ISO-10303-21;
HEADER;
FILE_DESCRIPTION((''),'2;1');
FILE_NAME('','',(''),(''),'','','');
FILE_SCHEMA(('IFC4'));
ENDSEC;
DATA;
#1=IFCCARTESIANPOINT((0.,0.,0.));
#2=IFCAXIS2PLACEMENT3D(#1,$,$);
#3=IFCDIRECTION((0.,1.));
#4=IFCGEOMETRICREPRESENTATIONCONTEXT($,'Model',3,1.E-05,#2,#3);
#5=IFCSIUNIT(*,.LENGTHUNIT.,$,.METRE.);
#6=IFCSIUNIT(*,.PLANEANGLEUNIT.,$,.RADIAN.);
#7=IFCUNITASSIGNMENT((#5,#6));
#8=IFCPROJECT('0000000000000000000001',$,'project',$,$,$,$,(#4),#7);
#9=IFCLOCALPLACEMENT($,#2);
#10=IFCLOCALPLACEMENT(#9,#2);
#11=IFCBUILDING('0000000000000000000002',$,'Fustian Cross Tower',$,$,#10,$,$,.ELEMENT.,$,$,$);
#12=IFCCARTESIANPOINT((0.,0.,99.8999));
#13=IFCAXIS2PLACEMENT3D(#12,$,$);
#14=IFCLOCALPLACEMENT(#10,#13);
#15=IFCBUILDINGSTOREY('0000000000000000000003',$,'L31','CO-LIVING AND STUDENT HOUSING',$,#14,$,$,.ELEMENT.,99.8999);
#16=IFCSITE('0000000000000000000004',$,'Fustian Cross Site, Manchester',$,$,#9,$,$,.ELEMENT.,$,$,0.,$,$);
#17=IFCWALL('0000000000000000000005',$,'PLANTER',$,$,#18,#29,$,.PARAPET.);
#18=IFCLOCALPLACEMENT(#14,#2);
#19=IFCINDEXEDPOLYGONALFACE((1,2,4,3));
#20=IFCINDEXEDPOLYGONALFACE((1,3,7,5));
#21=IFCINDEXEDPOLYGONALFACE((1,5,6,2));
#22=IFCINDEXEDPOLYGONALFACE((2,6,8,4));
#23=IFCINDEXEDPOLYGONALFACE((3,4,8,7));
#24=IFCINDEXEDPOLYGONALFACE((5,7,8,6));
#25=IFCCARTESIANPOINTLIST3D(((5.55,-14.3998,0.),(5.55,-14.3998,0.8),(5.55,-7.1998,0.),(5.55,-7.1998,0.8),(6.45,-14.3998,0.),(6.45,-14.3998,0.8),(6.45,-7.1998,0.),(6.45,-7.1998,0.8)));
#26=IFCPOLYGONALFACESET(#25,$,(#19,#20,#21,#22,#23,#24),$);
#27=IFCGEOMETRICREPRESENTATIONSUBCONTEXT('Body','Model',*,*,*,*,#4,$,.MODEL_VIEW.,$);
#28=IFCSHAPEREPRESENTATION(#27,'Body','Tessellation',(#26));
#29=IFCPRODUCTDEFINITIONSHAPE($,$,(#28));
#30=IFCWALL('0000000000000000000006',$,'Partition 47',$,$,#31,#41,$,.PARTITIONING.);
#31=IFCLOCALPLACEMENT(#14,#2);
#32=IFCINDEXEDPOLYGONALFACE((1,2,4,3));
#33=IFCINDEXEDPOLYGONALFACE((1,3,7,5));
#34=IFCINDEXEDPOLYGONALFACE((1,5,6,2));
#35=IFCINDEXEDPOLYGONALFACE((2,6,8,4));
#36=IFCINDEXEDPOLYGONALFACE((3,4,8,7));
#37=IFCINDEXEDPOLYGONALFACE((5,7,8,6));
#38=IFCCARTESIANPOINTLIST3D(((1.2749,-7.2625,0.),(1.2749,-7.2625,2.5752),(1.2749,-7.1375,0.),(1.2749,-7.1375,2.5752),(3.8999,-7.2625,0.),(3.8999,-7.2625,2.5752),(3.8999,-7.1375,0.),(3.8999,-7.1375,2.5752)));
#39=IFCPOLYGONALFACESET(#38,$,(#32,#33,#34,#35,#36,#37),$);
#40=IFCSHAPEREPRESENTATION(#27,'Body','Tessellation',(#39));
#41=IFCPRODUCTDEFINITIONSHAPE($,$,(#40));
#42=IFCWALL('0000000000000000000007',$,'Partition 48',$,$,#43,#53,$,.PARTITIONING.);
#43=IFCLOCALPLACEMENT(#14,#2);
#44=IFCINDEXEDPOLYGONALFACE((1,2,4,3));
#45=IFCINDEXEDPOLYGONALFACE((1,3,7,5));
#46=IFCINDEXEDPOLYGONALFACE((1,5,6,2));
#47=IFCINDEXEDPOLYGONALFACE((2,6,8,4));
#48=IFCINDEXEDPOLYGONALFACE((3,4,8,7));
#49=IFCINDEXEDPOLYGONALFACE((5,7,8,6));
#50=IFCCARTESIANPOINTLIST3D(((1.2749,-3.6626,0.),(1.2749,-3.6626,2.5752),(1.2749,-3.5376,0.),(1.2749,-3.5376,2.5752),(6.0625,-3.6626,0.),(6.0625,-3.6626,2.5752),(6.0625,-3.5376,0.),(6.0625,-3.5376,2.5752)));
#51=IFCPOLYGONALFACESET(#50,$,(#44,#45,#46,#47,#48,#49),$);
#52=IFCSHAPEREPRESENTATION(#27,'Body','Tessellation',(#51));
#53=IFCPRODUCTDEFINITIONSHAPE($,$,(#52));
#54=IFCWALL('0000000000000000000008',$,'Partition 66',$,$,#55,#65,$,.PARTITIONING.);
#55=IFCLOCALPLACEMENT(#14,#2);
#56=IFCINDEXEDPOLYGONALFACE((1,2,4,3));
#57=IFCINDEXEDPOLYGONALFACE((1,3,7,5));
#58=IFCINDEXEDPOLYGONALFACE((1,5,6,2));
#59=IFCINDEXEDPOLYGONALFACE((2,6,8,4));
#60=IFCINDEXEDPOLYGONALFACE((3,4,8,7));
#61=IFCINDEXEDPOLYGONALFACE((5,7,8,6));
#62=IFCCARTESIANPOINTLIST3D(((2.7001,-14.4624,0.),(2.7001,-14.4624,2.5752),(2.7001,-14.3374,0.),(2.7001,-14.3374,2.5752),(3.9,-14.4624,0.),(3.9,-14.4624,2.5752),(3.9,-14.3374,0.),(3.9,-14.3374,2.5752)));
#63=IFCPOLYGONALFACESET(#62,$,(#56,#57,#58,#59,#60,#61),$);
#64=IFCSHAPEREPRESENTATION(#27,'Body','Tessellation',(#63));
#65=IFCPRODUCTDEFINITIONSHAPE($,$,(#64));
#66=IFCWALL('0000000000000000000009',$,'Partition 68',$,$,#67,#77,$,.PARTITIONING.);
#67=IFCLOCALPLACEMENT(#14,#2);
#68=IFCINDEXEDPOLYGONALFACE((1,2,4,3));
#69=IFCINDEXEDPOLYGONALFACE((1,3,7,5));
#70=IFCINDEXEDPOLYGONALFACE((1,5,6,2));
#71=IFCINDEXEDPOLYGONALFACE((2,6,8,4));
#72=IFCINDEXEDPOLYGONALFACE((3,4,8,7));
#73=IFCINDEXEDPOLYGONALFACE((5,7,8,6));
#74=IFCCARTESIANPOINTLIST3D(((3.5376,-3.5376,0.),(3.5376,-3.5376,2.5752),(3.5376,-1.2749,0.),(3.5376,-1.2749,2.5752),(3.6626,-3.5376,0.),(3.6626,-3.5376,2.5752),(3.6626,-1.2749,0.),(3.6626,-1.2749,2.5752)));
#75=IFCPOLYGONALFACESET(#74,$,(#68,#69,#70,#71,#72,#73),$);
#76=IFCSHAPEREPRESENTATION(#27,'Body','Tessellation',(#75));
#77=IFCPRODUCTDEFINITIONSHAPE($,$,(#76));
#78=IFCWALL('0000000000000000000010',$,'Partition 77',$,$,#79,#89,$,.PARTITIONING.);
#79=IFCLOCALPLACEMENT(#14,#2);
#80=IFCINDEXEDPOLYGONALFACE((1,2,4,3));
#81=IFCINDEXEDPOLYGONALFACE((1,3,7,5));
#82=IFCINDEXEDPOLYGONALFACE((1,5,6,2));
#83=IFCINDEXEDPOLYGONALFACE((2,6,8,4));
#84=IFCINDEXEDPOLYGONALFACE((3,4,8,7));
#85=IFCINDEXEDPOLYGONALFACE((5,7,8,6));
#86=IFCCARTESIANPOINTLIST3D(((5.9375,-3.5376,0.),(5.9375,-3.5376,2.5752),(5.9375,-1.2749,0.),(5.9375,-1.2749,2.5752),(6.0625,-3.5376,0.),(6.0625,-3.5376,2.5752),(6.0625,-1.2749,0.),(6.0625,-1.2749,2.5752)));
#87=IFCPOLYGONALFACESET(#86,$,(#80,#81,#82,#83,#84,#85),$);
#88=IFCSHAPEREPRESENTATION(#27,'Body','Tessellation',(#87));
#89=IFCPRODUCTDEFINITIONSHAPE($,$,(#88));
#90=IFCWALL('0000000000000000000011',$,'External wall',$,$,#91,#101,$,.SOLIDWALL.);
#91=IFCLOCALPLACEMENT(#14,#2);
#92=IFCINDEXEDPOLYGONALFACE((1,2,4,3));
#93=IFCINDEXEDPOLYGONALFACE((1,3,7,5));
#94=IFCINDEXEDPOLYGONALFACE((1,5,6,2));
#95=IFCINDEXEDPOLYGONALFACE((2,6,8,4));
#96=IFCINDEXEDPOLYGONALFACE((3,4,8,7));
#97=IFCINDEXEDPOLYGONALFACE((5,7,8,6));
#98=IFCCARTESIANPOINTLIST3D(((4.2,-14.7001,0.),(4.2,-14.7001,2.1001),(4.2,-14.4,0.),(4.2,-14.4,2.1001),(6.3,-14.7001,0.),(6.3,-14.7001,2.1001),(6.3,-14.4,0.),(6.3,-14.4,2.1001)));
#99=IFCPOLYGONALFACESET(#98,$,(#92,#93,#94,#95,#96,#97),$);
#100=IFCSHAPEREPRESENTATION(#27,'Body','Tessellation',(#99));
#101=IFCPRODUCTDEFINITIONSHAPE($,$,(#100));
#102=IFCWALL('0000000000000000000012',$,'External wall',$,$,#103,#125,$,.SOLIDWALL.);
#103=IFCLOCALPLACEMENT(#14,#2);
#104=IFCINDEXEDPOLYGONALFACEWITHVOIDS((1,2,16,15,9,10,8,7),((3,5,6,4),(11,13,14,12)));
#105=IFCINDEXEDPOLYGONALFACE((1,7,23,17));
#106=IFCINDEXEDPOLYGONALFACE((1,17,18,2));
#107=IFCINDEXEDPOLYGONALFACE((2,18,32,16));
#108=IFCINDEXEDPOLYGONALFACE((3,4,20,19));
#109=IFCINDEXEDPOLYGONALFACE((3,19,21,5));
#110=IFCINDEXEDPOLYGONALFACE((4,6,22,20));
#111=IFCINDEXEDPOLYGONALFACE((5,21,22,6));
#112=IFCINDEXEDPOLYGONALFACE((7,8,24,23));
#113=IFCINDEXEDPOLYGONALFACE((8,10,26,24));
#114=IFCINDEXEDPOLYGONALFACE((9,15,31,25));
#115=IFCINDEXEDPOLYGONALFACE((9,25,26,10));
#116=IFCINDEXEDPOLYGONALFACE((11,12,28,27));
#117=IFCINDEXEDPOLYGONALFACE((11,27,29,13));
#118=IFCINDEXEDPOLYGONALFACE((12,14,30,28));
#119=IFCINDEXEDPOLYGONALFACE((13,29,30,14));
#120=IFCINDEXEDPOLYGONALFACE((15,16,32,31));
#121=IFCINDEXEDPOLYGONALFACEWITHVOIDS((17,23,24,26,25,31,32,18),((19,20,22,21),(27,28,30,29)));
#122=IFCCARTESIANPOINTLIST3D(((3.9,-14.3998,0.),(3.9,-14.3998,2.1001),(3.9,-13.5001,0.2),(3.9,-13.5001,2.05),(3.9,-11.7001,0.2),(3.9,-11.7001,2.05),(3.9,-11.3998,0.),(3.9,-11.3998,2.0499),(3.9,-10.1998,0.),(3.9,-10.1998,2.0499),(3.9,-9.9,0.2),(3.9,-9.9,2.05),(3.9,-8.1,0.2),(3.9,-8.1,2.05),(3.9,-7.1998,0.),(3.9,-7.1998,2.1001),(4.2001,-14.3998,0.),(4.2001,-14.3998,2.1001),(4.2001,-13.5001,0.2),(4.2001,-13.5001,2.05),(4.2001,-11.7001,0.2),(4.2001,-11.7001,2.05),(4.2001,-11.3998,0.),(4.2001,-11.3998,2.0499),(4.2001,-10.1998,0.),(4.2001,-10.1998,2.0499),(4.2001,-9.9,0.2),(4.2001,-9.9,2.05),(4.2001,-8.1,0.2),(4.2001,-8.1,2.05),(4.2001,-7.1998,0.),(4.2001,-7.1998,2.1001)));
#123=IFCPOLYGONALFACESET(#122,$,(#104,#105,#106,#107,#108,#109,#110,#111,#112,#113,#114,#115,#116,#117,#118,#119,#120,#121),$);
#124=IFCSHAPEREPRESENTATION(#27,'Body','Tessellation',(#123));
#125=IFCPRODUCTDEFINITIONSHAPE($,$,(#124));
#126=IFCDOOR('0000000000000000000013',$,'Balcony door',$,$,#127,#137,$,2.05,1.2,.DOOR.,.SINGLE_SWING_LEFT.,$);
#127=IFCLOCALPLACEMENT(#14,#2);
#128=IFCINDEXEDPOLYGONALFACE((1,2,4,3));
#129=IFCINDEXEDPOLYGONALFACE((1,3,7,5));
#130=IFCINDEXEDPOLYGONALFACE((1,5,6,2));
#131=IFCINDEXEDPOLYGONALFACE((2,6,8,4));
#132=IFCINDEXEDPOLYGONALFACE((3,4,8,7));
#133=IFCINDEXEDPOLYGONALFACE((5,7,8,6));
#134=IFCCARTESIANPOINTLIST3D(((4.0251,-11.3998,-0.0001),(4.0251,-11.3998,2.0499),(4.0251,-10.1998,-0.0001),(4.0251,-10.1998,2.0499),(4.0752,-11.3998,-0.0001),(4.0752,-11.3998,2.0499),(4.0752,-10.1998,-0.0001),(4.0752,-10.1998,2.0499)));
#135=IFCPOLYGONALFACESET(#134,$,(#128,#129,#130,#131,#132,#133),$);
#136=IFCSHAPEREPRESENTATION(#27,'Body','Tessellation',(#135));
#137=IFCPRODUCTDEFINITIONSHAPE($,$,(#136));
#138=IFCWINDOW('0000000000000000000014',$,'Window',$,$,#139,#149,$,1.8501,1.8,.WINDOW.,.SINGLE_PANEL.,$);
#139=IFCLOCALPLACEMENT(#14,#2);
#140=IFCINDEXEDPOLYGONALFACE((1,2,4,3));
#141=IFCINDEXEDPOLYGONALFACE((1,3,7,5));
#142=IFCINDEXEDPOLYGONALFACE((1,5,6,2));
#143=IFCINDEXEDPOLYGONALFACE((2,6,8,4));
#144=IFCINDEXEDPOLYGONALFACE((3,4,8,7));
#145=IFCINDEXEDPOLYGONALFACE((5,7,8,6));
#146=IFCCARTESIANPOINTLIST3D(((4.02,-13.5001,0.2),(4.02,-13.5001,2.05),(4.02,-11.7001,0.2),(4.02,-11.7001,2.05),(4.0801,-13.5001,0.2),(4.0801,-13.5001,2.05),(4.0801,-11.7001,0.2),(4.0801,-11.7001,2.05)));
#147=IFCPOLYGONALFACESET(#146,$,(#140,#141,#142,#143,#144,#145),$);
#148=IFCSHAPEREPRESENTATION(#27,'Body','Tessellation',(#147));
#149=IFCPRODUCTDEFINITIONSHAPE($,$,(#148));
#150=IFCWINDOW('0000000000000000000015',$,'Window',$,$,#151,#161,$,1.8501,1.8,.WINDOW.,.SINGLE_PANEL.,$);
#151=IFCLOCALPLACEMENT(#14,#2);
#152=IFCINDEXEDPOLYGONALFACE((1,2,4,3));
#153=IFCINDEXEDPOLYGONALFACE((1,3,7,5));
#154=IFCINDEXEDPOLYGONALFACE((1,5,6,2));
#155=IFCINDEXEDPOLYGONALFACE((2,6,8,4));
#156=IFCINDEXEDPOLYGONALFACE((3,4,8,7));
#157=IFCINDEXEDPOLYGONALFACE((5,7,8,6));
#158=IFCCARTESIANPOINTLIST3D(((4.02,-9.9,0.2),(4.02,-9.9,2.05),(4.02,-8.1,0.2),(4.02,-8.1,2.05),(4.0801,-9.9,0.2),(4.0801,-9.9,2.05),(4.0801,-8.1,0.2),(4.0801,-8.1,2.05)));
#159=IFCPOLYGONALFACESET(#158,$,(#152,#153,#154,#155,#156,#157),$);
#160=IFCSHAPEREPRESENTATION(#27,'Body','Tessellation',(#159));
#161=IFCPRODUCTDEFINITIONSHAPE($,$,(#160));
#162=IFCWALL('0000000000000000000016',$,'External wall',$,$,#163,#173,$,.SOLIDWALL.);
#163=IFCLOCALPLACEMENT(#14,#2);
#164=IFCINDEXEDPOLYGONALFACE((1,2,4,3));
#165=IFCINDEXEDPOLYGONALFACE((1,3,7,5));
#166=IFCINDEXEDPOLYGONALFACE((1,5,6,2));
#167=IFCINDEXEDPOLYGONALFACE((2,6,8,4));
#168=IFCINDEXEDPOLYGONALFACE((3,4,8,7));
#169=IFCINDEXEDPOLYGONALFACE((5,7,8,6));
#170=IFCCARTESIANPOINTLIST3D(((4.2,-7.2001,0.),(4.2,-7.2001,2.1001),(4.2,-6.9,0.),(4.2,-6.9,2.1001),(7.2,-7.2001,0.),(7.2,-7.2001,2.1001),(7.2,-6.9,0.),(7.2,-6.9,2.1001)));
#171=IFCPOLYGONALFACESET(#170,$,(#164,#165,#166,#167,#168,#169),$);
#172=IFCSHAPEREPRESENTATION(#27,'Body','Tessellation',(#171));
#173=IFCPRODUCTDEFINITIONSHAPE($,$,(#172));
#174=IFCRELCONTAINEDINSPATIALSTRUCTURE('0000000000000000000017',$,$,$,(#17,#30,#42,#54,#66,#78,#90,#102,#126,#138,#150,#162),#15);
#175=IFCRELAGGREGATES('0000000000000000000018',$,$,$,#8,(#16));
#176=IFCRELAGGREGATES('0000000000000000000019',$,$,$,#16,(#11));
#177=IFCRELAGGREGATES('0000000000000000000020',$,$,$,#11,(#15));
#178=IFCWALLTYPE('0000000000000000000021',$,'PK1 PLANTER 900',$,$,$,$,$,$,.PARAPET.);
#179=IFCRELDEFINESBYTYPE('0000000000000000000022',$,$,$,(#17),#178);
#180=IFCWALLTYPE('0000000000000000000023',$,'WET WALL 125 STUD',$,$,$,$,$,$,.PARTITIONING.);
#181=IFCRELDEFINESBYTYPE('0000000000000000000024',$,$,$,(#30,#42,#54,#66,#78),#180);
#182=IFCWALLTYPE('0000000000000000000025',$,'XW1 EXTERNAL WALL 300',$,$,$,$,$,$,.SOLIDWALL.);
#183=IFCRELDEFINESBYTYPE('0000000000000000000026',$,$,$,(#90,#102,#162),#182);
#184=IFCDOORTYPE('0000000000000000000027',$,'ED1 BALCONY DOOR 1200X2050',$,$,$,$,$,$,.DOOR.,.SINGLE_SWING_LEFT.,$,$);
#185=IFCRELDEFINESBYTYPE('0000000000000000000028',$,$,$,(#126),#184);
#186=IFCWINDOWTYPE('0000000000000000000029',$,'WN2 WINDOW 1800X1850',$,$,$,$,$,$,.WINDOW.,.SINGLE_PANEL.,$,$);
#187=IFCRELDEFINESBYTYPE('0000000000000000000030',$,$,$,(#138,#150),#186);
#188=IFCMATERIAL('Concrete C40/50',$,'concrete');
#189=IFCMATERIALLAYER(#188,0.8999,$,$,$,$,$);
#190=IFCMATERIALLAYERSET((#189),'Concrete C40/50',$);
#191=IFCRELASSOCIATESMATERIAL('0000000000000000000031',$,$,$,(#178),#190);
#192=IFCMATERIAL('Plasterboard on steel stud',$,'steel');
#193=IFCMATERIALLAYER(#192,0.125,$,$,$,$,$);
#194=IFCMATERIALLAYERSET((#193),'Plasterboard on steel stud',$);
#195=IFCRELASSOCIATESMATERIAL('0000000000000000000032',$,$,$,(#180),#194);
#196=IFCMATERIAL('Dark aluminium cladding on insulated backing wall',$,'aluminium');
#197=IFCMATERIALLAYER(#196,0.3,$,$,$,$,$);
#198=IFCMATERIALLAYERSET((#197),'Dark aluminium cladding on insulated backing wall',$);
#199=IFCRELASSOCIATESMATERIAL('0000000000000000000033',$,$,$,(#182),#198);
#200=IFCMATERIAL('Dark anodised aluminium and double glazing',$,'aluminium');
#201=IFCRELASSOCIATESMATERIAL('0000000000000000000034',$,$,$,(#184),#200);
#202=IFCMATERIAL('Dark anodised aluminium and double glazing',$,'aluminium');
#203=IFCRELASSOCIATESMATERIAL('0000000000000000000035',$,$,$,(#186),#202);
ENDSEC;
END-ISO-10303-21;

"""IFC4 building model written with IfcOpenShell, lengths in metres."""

from ifc_helpers import new_model, si_unit, direction, frame, frame_2d, origin, place, context, subcontext, project, spatial, rectangle, extrude, material, layer, layer_set, type_object, element, fill, save


model = new_model("IFC4")

# Units and contexts
model_context = context("Model", 3, precision=1e-05, world=origin(), true_north=direction((0.0, 1.0)))
body_context = subcontext(model_context, "Body", "Model", "MODEL_VIEW")
ifc_project = project(units=[si_unit("LENGTHUNIT", "METRE"), si_unit("PLANEANGLEUNIT", "RADIAN")], contexts=[model_context])

# Site, building, storey
site_placement = place(None, origin())
site = spatial("IfcSite", under=ifc_project, at=site_placement, Name="Fustian Cross Site, Manchester", CompositionType="ELEMENT", RefElevation=0.0)
building_placement = place(site_placement, origin())
building = spatial("IfcBuilding", under=site, at=building_placement, Name="Fustian Cross Tower", CompositionType="ELEMENT")
storey_placement = place(building_placement, frame((0.0, 0.0, 99.8999)))
storey = spatial("IfcBuildingStorey", under=building, at=storey_placement, Name="L31", Description="CO-LIVING AND STUDENT HOUSING", CompositionType="ELEMENT", Elevation=99.8999)

# Walls
ifc_material_1 = material(Name="Concrete C40/50", Category="concrete")
ifc_layer_1 = layer(ifc_material_1, 0.8999)
ifc_layer_set_1 = layer_set([ifc_layer_1], Name="Concrete C40/50")
wall_type_1 = type_object("IfcWallType", Name="PK1 PLANTER 900", PredefinedType="PARAPET", material=ifc_layer_set_1)
wall_1_placement = place(storey_placement, frame((6.0, -14.3999, 0.0), z_axis=(0.0, 0.0, 1.0), x_axis=(0.0, 1.0, 0.0)))
element("IfcWall", 1, at=wall_1_placement, inside=storey, type_object=wall_type_1, Name="PLANTER", PredefinedType="PARAPET", context=body_context, shape_type="SweptSolid", body=[
    extrude(rectangle(XDim=7.2, YDim=0.8999, at=frame_2d((3.6001, 0.0))), origin(), (0.0, 0.0, 1.0), 0.8),
])
ifc_material_2 = material(Name="Plasterboard on steel stud", Category="steel")
ifc_layer_2 = layer(ifc_material_2, 0.125)
ifc_layer_set_2 = layer_set([ifc_layer_2], Name="Plasterboard on steel stud")
wall_type_2 = type_object("IfcWallType", Name="WET WALL 125 STUD", PredefinedType="PARTITIONING", material=ifc_layer_set_2)
wall_2_placement = place(storey_placement, frame((1.2749, -7.2, 0.0), z_axis=(0.0, 0.0, 1.0), x_axis=(1.0, 0.0, 0.0)))
element("IfcWall", 2, at=wall_2_placement, inside=storey, type_object=wall_type_2, Name="Partition 47", PredefinedType="PARTITIONING", context=body_context, shape_type="SweptSolid", body=[
    extrude(rectangle(XDim=2.625, YDim=0.125, at=frame_2d((1.3125, 0.0))), origin(), (0.0, 0.0, 1.0), 2.5752),
])
wall_3_placement = place(storey_placement, frame((1.2749, -3.6001, 0.0), z_axis=(0.0, 0.0, 1.0), x_axis=(1.0, 0.0, 0.0)))
element("IfcWall", 3, at=wall_3_placement, inside=storey, type_object=wall_type_2, Name="Partition 48", PredefinedType="PARTITIONING", context=body_context, shape_type="SweptSolid", body=[
    extrude(rectangle(XDim=4.7876, YDim=0.125, at=frame_2d((2.3938, 0.0))), origin(), (0.0, 0.0, 1.0), 2.5752),
])
wall_4_placement = place(storey_placement, frame((2.7, -14.3999, 0.0), z_axis=(0.0, 0.0, 1.0), x_axis=(1.0, 0.0, 0.0)))
element("IfcWall", 4, at=wall_4_placement, inside=storey, type_object=wall_type_2, Name="Partition 66", PredefinedType="PARTITIONING", context=body_context, shape_type="SweptSolid", body=[
    extrude(rectangle(XDim=1.2, YDim=0.125, at=frame_2d((0.6001, 0.0))), origin(), (0.0, 0.0, 1.0), 2.5752),
])
for number, where, z_axis, x_axis, name in (
    (5, (3.6001, -3.5376, 0.0), (0.0, 0.0, 1.0), (0.0, 1.0, 0.0), "Partition 68"),
    (6, (6.0, -3.5376, 0.0), (0.0, 0.0, 1.0), (0.0, 1.0, 0.0), "Partition 77"),
):
    element("IfcWall", number, at=place(storey_placement, frame(where, z_axis=z_axis, x_axis=x_axis)), inside=storey, type_object=wall_type_2, Name=name, PredefinedType="PARTITIONING", context=body_context, shape_type="SweptSolid", body=[
        extrude(rectangle(XDim=2.2627, YDim=0.125, at=frame_2d((1.1313, 0.0))), origin(), (0.0, 0.0, 1.0), 2.5752),
    ])
ifc_material_3 = material(Name="Dark aluminium cladding on insulated backing wall", Category="aluminium")
ifc_layer_3 = layer(ifc_material_3, 0.3)
ifc_layer_set_3 = layer_set([ifc_layer_3], Name="Dark aluminium cladding on insulated backing wall")
wall_type_3 = type_object("IfcWallType", Name="XW1 EXTERNAL WALL 300", PredefinedType="SOLIDWALL", material=ifc_layer_set_3)
wall_5_placement = place(storey_placement, frame((6.3, -14.55, 0.0), z_axis=(0.0, 0.0, 1.0), x_axis=(-1.0, 0.0, 0.0)))
element("IfcWall", 7, at=wall_5_placement, inside=storey, type_object=wall_type_3, Name="External wall", PredefinedType="SOLIDWALL", context=body_context, shape_type="SweptSolid", body=[
    extrude(rectangle(XDim=2.1001, YDim=0.3, at=frame_2d((1.05, 0.0))), origin(), (0.0, 0.0, 1.0), 2.1001),
])

# Wall, openings, door, windows
wall_6_placement = place(storey_placement, frame((4.05, -14.3999, 0.0), z_axis=(0.0, 0.0, 1.0), x_axis=(0.0, 1.0, 0.0)))
wall_6 = element("IfcWall", 8, at=wall_6_placement, inside=storey, type_object=wall_type_3, Name="External wall", PredefinedType="SOLIDWALL", context=body_context, shape_type="SweptSolid", body=[
    extrude(rectangle(XDim=7.2, YDim=0.3, at=frame_2d((3.6001, 0.0))), origin(), (0.0, 0.0, 1.0), 2.1001),
])
opening_1_placement = place(wall_6_placement, frame((3.0, 0.0, 0.0)))
opening_1 = element("IfcOpeningElement", 9, at=opening_1_placement, cuts=wall_6, PredefinedType="OPENING", context=body_context, shape_type="SweptSolid", body=[
    extrude(rectangle(XDim=1.2, YDim=2.05, at=frame_2d((0.6001, 1.0249))), frame((0.0, 0.1599, 0.0), z_axis=(0.0, -1.0, 0.0), x_axis=(1.0, 0.0, 0.0)), (0.0, 0.0, 1.0), 0.3201),
])
opening_2_placement = place(wall_6_placement, frame((0.8999, 0.0, 0.2)))
opening_2 = element("IfcOpeningElement", 10, at=opening_2_placement, cuts=wall_6, PredefinedType="OPENING", context=body_context, shape_type="SweptSolid", body=[
    extrude(rectangle(XDim=1.8, YDim=1.8501, at=frame_2d((0.8999, 0.925))), frame((0.0, 0.1599, 0.0), z_axis=(0.0, -1.0, 0.0), x_axis=(1.0, 0.0, 0.0)), (0.0, 0.0, 1.0), 0.3201),
])
opening_3_placement = place(wall_6_placement, frame((4.5, 0.0, 0.2)))
opening_3 = element("IfcOpeningElement", 11, at=opening_3_placement, cuts=wall_6, PredefinedType="OPENING", context=body_context, shape_type="SweptSolid", body=[
    extrude(rectangle(XDim=1.8, YDim=1.8501, at=frame_2d((0.8999, 0.925))), frame((0.0, 0.1599, 0.0), z_axis=(0.0, -1.0, 0.0), x_axis=(1.0, 0.0, 0.0)), (0.0, 0.0, 1.0), 0.3201),
])
ifc_material_4 = material(Name="Dark anodised aluminium and double glazing", Category="aluminium")
door_type_1 = type_object("IfcDoorType", Name="ED1 BALCONY DOOR 1200X2050", OperationType="SINGLE_SWING_LEFT", PredefinedType="DOOR", material=ifc_material_4)
door_1_placement = place(opening_1_placement, origin())
door_1 = element("IfcDoor", 12, at=door_1_placement, inside=storey, type_object=door_type_1, Name="Balcony door", OperationType="SINGLE_SWING_LEFT", OverallHeight=2.05, OverallWidth=1.2, PredefinedType="DOOR", context=body_context, shape_type="SweptSolid", body=[
    extrude(rectangle(XDim=1.2, YDim=2.05, at=frame_2d((0.6001, 1.0249))), frame((0.0, 0.0249, 0.0), z_axis=(0.0, -1.0, 0.0), x_axis=(1.0, 0.0, 0.0)), (0.0, 0.0, 1.0), 0.05),
])
fill(opening_1, door_1)
ifc_material_5 = material(Name="Dark anodised aluminium and double glazing", Category="aluminium")
window_type = type_object("IfcWindowType", Name="WN2 WINDOW 1800X1850", PartitioningType="SINGLE_PANEL", PredefinedType="WINDOW", material=ifc_material_5)
window_1_placement = place(opening_2_placement, origin())
window_1 = element("IfcWindow", 13, at=window_1_placement, inside=storey, type_object=window_type, Name="Window", OverallHeight=1.8501, OverallWidth=1.8, PartitioningType="SINGLE_PANEL", PredefinedType="WINDOW", context=body_context, shape_type="SweptSolid", body=[
    extrude(rectangle(XDim=1.8, YDim=1.8501, at=frame_2d((0.8999, 0.925))), frame((0.0, 0.03, 0.0), z_axis=(0.0, -1.0, 0.0), x_axis=(1.0, 0.0, 0.0)), (0.0, 0.0, 1.0), 0.0601),
])
fill(opening_2, window_1)
window_2_placement = place(opening_3_placement, origin())
window_2 = element("IfcWindow", 14, at=window_2_placement, inside=storey, type_object=window_type, Name="Window", OverallHeight=1.8501, OverallWidth=1.8, PartitioningType="SINGLE_PANEL", PredefinedType="WINDOW", context=body_context, shape_type="SweptSolid", body=[
    extrude(rectangle(XDim=1.8, YDim=1.8501, at=frame_2d((0.8999, 0.925))), frame((0.0, 0.03, 0.0), z_axis=(0.0, -1.0, 0.0), x_axis=(1.0, 0.0, 0.0)), (0.0, 0.0, 1.0), 0.0601),
])
fill(opening_3, window_2)

# Wall
wall_7_placement = place(storey_placement, frame((4.2, -7.05, 0.0), z_axis=(0.0, 0.0, 1.0), x_axis=(1.0, 0.0, 0.0)))
element("IfcWall", 15, at=wall_7_placement, inside=storey, type_object=wall_type_3, Name="External wall", PredefinedType="SOLIDWALL", context=body_context, shape_type="SweptSolid", body=[
    extrude(rectangle(XDim=3.0, YDim=0.3, at=frame_2d((1.5, 0.0))), origin(), (0.0, 0.0, 1.0), 2.1001),
])

save(model, "model.ifc")
